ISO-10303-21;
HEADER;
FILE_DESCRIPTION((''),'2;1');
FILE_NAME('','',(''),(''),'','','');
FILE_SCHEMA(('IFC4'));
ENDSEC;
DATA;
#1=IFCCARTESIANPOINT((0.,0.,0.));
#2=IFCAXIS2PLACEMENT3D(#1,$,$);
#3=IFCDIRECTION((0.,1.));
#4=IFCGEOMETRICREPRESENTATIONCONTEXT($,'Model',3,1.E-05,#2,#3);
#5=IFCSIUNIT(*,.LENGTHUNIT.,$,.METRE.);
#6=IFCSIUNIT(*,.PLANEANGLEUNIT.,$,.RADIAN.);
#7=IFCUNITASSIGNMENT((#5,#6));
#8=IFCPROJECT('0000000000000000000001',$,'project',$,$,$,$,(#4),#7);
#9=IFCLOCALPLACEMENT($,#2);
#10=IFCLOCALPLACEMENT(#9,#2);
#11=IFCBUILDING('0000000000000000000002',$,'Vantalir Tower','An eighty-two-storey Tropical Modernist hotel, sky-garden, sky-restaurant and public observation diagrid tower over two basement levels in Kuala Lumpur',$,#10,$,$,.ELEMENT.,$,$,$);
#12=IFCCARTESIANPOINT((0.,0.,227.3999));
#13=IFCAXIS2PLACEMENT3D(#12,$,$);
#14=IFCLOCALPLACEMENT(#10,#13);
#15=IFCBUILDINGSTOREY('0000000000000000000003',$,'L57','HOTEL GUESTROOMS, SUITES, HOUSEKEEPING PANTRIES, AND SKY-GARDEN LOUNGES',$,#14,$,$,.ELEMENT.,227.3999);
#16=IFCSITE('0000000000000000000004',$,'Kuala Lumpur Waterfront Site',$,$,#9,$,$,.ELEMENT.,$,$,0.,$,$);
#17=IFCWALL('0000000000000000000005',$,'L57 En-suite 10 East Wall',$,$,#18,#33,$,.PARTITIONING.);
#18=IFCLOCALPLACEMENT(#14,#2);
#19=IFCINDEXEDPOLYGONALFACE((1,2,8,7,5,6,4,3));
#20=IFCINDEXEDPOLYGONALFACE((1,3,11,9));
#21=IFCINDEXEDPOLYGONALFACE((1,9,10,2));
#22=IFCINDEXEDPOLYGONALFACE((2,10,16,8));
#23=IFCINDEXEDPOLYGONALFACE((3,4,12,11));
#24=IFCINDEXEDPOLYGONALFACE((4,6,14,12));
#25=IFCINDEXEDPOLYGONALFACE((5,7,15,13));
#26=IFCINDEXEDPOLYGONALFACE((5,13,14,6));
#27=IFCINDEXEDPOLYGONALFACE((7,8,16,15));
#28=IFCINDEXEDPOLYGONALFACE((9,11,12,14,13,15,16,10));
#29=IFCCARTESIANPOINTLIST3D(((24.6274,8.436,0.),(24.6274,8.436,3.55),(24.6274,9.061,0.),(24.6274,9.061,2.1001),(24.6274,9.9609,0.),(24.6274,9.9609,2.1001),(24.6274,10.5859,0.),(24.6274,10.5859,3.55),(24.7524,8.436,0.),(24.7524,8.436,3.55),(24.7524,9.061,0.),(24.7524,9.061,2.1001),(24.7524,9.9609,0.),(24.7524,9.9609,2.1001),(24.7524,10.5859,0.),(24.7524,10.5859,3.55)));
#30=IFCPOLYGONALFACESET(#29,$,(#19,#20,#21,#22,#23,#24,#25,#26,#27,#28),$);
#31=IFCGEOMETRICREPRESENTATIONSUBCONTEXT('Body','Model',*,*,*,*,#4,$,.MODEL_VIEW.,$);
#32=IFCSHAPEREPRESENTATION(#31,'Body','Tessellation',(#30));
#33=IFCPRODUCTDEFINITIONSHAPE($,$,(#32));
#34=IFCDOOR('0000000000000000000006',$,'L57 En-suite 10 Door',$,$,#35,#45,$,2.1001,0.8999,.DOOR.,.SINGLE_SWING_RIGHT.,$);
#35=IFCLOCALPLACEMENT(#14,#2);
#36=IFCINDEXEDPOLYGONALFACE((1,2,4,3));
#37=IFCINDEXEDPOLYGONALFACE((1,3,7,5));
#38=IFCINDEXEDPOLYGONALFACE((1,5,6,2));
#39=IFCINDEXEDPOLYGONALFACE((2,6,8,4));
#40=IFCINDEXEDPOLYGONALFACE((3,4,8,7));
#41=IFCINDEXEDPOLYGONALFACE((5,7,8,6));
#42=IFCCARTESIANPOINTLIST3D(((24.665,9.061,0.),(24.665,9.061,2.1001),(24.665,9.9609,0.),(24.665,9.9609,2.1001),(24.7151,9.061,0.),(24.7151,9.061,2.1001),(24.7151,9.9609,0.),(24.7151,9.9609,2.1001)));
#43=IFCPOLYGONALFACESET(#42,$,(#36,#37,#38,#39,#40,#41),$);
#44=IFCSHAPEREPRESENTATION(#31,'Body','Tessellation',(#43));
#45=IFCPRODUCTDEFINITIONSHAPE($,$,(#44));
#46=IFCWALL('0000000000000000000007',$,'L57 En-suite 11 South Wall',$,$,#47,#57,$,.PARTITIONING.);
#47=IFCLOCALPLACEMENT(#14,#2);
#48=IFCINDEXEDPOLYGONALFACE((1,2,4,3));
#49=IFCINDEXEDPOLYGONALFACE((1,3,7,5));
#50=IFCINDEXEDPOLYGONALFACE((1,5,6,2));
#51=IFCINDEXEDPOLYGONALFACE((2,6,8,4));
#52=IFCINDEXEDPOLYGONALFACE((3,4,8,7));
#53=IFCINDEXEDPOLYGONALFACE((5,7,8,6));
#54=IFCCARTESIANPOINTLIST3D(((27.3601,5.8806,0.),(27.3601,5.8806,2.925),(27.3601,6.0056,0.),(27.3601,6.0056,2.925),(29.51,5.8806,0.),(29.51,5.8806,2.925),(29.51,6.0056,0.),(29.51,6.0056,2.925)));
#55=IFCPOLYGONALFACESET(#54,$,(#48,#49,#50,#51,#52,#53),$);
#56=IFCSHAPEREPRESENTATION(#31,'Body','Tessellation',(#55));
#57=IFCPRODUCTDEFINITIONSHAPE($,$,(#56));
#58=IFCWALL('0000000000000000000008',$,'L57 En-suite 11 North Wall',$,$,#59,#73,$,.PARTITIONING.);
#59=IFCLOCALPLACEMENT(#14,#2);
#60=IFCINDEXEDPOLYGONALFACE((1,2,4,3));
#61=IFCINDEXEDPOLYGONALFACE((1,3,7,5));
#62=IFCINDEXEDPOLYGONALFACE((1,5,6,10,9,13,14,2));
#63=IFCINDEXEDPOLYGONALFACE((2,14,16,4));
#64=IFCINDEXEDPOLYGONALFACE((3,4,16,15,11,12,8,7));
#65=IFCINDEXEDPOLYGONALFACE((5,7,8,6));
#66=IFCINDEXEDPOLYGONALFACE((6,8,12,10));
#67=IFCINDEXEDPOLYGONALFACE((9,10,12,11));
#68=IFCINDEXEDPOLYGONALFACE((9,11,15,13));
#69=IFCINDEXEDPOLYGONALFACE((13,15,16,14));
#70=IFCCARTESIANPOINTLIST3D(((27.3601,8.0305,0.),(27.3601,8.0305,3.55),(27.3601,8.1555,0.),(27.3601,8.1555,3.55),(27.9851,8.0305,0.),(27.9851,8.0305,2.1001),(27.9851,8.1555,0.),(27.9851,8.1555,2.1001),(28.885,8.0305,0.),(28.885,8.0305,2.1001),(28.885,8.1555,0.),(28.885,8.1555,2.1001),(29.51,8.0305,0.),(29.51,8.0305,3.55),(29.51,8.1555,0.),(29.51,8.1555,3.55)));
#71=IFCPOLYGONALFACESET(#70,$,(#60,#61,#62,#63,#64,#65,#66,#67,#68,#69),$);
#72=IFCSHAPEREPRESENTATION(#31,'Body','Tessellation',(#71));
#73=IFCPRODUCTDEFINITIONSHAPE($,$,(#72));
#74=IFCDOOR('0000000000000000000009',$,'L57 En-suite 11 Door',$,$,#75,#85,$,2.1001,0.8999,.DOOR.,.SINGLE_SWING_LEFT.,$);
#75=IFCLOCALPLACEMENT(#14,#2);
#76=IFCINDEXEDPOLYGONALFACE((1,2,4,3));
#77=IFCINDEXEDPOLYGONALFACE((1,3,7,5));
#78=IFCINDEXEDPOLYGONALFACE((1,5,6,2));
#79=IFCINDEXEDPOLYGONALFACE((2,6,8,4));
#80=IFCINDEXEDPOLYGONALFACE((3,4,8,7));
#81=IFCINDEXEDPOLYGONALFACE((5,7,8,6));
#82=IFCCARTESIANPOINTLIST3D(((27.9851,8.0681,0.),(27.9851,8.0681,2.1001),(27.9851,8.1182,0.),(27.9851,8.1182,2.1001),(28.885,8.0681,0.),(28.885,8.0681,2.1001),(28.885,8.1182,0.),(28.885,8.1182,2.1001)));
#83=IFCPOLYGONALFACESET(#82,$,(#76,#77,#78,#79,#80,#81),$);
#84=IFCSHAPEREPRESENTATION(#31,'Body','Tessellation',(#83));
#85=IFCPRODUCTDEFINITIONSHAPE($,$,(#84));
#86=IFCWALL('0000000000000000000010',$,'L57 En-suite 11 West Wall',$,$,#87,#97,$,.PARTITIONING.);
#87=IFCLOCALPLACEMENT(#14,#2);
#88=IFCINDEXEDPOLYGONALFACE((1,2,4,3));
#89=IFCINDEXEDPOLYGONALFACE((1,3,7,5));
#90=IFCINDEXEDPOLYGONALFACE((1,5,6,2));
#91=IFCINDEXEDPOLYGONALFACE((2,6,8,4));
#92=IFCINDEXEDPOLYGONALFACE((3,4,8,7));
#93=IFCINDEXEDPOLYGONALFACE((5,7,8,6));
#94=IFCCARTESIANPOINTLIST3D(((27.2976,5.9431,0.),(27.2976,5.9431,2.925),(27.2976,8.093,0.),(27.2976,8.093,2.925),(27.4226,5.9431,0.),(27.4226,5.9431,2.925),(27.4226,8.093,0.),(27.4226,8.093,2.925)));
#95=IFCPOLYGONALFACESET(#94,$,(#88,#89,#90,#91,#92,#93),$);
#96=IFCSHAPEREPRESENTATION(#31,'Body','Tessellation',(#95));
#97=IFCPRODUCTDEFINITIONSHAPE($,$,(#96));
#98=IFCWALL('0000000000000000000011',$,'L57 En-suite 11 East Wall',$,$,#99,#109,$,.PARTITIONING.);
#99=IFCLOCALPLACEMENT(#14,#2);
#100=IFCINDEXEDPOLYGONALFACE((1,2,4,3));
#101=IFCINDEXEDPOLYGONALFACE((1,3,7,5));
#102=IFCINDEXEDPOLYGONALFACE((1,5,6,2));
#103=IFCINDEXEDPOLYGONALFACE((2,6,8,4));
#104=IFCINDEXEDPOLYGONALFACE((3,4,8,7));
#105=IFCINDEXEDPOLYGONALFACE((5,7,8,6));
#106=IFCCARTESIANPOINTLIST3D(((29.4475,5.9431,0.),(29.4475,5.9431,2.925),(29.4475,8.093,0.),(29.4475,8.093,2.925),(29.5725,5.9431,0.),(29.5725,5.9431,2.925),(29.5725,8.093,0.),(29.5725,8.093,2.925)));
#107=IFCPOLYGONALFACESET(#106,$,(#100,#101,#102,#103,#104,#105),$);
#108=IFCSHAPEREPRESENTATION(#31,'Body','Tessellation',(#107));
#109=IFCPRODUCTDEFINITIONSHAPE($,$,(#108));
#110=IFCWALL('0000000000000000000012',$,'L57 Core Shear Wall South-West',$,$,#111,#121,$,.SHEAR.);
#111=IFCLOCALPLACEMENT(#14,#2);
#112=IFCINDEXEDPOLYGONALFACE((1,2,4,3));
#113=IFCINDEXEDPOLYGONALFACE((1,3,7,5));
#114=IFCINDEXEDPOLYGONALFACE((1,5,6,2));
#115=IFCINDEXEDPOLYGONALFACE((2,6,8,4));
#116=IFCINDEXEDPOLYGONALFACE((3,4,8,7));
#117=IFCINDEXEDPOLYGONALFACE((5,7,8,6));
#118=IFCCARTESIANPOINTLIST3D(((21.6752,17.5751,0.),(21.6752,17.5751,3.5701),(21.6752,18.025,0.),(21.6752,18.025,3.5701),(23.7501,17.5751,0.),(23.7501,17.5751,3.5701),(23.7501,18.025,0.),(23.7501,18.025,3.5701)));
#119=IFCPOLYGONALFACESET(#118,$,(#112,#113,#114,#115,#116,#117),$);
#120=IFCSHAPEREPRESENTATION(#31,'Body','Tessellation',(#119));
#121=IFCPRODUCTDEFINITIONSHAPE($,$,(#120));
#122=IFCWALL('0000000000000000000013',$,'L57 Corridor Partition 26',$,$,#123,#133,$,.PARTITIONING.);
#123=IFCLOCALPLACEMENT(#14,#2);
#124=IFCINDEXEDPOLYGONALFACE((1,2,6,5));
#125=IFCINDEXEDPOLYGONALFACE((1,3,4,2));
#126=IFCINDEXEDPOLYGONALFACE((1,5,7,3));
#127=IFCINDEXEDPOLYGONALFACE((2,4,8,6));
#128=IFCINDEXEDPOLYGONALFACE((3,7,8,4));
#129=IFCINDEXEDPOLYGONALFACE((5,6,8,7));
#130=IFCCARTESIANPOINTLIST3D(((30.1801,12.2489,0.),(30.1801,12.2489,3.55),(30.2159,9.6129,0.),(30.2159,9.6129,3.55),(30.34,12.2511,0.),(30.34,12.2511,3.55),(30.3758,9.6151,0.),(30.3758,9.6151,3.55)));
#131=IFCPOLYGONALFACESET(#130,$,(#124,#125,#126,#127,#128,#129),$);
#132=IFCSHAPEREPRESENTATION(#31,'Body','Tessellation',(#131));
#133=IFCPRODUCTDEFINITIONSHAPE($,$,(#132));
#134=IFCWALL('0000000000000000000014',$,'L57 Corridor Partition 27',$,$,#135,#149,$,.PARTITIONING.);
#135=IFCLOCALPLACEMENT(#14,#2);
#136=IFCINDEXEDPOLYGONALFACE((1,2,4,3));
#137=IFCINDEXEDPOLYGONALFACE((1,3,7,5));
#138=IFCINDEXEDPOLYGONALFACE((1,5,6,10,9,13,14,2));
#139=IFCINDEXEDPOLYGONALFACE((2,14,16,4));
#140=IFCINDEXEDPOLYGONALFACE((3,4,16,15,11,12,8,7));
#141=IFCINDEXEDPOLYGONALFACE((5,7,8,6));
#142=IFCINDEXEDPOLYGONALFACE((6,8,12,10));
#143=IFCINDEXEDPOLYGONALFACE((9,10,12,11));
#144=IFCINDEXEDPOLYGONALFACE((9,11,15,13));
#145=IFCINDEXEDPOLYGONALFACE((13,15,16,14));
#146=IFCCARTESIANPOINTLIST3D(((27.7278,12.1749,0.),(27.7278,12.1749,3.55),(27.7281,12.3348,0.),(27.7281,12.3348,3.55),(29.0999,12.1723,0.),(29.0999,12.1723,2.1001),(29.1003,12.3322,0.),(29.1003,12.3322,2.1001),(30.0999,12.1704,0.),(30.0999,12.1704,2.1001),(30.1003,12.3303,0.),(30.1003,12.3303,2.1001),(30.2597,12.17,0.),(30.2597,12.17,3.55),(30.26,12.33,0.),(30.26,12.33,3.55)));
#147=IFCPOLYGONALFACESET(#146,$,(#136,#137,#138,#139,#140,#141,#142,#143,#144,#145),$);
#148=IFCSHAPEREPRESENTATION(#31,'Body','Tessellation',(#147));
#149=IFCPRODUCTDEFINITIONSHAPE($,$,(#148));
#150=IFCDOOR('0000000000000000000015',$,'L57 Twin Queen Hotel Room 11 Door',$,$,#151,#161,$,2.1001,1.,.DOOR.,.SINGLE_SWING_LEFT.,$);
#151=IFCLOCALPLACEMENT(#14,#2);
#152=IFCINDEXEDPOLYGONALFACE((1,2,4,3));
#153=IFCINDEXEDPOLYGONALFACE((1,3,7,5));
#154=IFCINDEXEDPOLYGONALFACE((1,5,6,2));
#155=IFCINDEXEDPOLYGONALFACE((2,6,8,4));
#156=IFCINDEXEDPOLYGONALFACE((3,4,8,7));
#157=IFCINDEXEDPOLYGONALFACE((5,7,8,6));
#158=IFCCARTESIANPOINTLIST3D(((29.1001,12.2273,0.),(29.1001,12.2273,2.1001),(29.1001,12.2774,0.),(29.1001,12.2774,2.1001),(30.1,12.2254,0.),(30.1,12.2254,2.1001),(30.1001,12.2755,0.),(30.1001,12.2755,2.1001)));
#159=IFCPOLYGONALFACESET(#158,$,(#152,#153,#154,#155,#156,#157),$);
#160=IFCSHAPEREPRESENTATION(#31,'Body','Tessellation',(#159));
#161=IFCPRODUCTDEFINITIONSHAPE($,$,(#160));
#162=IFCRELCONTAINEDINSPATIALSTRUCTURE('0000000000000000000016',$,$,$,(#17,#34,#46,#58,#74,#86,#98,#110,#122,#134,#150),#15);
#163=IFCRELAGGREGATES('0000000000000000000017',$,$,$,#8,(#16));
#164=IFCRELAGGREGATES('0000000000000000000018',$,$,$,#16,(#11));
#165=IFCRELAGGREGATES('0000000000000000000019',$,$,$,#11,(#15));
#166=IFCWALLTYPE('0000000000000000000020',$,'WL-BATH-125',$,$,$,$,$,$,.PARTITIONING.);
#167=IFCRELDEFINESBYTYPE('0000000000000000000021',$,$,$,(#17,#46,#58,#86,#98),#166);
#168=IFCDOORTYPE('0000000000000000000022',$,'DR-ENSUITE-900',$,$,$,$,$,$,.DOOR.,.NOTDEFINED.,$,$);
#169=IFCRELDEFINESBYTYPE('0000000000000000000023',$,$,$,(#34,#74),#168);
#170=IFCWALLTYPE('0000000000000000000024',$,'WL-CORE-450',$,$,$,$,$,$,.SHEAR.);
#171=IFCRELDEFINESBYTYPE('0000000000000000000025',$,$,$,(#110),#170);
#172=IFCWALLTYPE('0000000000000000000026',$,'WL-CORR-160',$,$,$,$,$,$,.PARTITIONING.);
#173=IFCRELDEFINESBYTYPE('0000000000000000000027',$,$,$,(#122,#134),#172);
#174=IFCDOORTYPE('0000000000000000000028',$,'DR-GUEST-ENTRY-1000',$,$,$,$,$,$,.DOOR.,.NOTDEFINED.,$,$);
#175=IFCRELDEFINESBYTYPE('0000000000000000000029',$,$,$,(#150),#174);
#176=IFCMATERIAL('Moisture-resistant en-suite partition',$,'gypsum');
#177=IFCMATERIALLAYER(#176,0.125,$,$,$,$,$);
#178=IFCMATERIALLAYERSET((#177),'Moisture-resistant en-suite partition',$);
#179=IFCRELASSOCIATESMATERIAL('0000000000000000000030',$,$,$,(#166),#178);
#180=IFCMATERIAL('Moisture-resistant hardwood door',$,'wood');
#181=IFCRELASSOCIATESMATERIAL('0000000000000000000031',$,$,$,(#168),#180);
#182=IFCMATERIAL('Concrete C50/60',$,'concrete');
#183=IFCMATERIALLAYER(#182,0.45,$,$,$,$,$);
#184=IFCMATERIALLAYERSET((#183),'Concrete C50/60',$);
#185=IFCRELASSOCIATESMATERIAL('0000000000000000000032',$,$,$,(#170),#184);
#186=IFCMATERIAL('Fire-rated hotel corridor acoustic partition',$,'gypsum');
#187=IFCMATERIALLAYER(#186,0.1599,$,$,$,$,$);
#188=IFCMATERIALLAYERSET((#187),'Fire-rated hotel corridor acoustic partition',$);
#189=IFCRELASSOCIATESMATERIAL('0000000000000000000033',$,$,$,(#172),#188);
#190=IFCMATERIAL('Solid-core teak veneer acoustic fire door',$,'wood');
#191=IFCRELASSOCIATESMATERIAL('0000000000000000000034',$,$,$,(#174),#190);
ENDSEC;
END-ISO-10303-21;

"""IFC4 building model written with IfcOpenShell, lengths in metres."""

from ifc_helpers import new_model, si_unit, direction, frame, frame_2d, origin, place, context, subcontext, project, spatial, rectangle, extrude, material, layer, layer_set, type_object, element, fill, save


model = new_model("IFC4")

# Units and contexts
model_context = context("Model", 3, precision=1e-05, world=origin(), true_north=direction((0.0, 1.0)))
body_context = subcontext(model_context, "Body", "Model", "MODEL_VIEW")
ifc_project = project(units=[si_unit("LENGTHUNIT", "METRE"), si_unit("PLANEANGLEUNIT", "RADIAN")], contexts=[model_context])

# Site, building, storey
site_placement = place(None, origin())
site = spatial("IfcSite", under=ifc_project, at=site_placement, Name="Kuala Lumpur Waterfront Site", CompositionType="ELEMENT", RefElevation=0.0)
building_placement = place(site_placement, origin())
building = spatial("IfcBuilding", under=site, at=building_placement, Name="Vantalir Tower", Description="An eighty-two-storey Tropical Modernist hotel, sky-garden, sky-restaurant and public observation diagrid tower over two basement levels in Kuala Lumpur", CompositionType="ELEMENT")
storey_placement = place(building_placement, frame((0.0, 0.0, 227.3999)))
storey = spatial("IfcBuildingStorey", under=building, at=storey_placement, Name="L57", Description="HOTEL GUESTROOMS, SUITES, HOUSEKEEPING PANTRIES, AND SKY-GARDEN LOUNGES", CompositionType="ELEMENT", Elevation=227.3999)

# Shared definitions
ifc_material_1 = material(Name="Moisture-resistant en-suite partition", Category="gypsum")
ifc_layer_1 = layer(ifc_material_1, 0.125)
ifc_layer_set_1 = layer_set([ifc_layer_1], Name="Moisture-resistant en-suite partition")
wall_type_1 = type_object("IfcWallType", Name="WL-BATH-125", PredefinedType="PARTITIONING", material=ifc_layer_set_1)

# Wall, opening, door
wall_1_placement = place(storey_placement, frame((24.6899, 8.436, 0.0), z_axis=(0.0, 0.0, 1.0), x_axis=(0.0, 1.0, 0.0)))
wall_1 = element("IfcWall", 1, at=wall_1_placement, inside=storey, type_object=wall_type_1, Name="L57 En-suite 10 East Wall", PredefinedType="PARTITIONING", context=body_context, shape_type="SweptSolid", body=[
    extrude(rectangle(XDim=2.1499, YDim=0.125, at=frame_2d((1.075, 0.0))), origin(), (0.0, 0.0, 1.0), 3.55),
])
opening_1_placement = place(wall_1_placement, frame((0.625, 0.0, 0.0)))
opening_1 = element("IfcOpeningElement", 2, at=opening_1_placement, cuts=wall_1, PredefinedType="OPENING", context=body_context, shape_type="SweptSolid", body=[
    extrude(rectangle(XDim=0.8999, YDim=2.1001, at=frame_2d((0.45, 1.05))), frame((0.0, 0.0725, 0.0), z_axis=(0.0, -1.0, 0.0), x_axis=(1.0, 0.0, 0.0)), (0.0, 0.0, 1.0), 0.145),
])
ifc_material_2 = material(Name="Moisture-resistant hardwood door", Category="wood")
door_type_1 = type_object("IfcDoorType", Name="DR-ENSUITE-900", OperationType="NOTDEFINED", PredefinedType="DOOR", material=ifc_material_2)
door_1_placement = place(opening_1_placement, origin())
door_1 = element("IfcDoor", 3, at=door_1_placement, inside=storey, type_object=door_type_1, Name="L57 En-suite 10 Door", OperationType="SINGLE_SWING_RIGHT", OverallHeight=2.1001, OverallWidth=0.8999, PredefinedType="DOOR", context=body_context, shape_type="SweptSolid", body=[
    extrude(rectangle(XDim=0.8999, YDim=2.1001, at=frame_2d((0.45, 1.05))), frame((0.0, 0.0249, 0.0), z_axis=(0.0, -1.0, 0.0), x_axis=(1.0, 0.0, 0.0)), (0.0, 0.0, 1.0), 0.05),
])
fill(opening_1, door_1)

# Wall
wall_2_placement = place(storey_placement, frame((27.3601, 5.9431, 0.0), z_axis=(0.0, 0.0, 1.0), x_axis=(1.0, 0.0, 0.0)))
element("IfcWall", 4, at=wall_2_placement, inside=storey, type_object=wall_type_1, Name="L57 En-suite 11 South Wall", PredefinedType="PARTITIONING", context=body_context, shape_type="SweptSolid", body=[
    extrude(rectangle(XDim=2.1499, YDim=0.125, at=frame_2d((1.075, 0.0))), origin(), (0.0, 0.0, 1.0), 2.925),
])

# Wall, opening, door
wall_3_placement = place(storey_placement, frame((27.3601, 8.093, 0.0), z_axis=(0.0, 0.0, 1.0), x_axis=(1.0, 0.0, 0.0)))
wall_3 = element("IfcWall", 5, at=wall_3_placement, inside=storey, type_object=wall_type_1, Name="L57 En-suite 11 North Wall", PredefinedType="PARTITIONING", context=body_context, shape_type="SweptSolid", body=[
    extrude(rectangle(XDim=2.1499, YDim=0.125, at=frame_2d((1.075, 0.0))), origin(), (0.0, 0.0, 1.0), 3.55),
])
opening_2_placement = place(wall_3_placement, frame((0.625, 0.0, 0.0)))
opening_2 = element("IfcOpeningElement", 6, at=opening_2_placement, cuts=wall_3, PredefinedType="OPENING", context=body_context, shape_type="SweptSolid", body=[
    extrude(rectangle(XDim=0.8999, YDim=2.1001, at=frame_2d((0.45, 1.05))), frame((0.0, 0.0725, 0.0), z_axis=(0.0, -1.0, 0.0), x_axis=(1.0, 0.0, 0.0)), (0.0, 0.0, 1.0), 0.145),
])
door_2_placement = place(opening_2_placement, frame((0.8999, 0.0, 0.0), z_axis=(0.0, 0.0, 1.0), x_axis=(-1.0, 0.0, 0.0)))
door_2 = element("IfcDoor", 7, at=door_2_placement, inside=storey, type_object=door_type_1, Name="L57 En-suite 11 Door", OperationType="SINGLE_SWING_LEFT", OverallHeight=2.1001, OverallWidth=0.8999, PredefinedType="DOOR", context=body_context, shape_type="SweptSolid", body=[
    extrude(rectangle(XDim=0.8999, YDim=2.1001, at=frame_2d((0.45, 1.05))), frame((0.0, 0.0249, 0.0), z_axis=(0.0, -1.0, 0.0), x_axis=(1.0, 0.0, 0.0)), (0.0, 0.0, 1.0), 0.05),
])
fill(opening_2, door_2)

# Walls
for number, where, z_axis, x_axis, name in (
    (8, (27.3601, 5.9431, 0.0), (0.0, 0.0, 1.0), (0.0, 1.0, 0.0), "L57 En-suite 11 West Wall"),
    (9, (29.51, 5.9431, 0.0), (0.0, 0.0, 1.0), (0.0, 1.0, 0.0), "L57 En-suite 11 East Wall"),
):
    element("IfcWall", number, at=place(storey_placement, frame(where, z_axis=z_axis, x_axis=x_axis)), inside=storey, type_object=wall_type_1, Name=name, PredefinedType="PARTITIONING", context=body_context, shape_type="SweptSolid", body=[
        extrude(rectangle(XDim=2.1499, YDim=0.125, at=frame_2d((1.075, 0.0))), origin(), (0.0, 0.0, 1.0), 2.925),
    ])
ifc_material_3 = material(Name="Concrete C50/60", Category="concrete")
ifc_layer_2 = layer(ifc_material_3, 0.45)
ifc_layer_set_2 = layer_set([ifc_layer_2], Name="Concrete C50/60")
wall_type_2 = type_object("IfcWallType", Name="WL-CORE-450", PredefinedType="SHEAR", material=ifc_layer_set_2)
wall_4_placement = place(storey_placement, frame((21.675, 17.8, 0.0), z_axis=(0.0, 0.0, 1.0), x_axis=(1.0, 0.0, 0.0)))
element("IfcWall", 10, at=wall_4_placement, inside=storey, type_object=wall_type_2, Name="L57 Core Shear Wall South-West", PredefinedType="SHEAR", context=body_context, shape_type="SweptSolid", body=[
    extrude(rectangle(XDim=2.075, YDim=0.45, at=frame_2d((1.0376, 0.0))), origin(), (0.0, 0.0, 1.0), 3.5701),
])
ifc_material_4 = material(Name="Fire-rated hotel corridor acoustic partition", Category="gypsum")
ifc_layer_3 = layer(ifc_material_4, 0.1599)
ifc_layer_set_3 = layer_set([ifc_layer_3], Name="Fire-rated hotel corridor acoustic partition")
wall_type_3 = type_object("IfcWallType", Name="WL-CORR-160", PredefinedType="PARTITIONING", material=ifc_layer_set_3)
wall_5_placement = place(storey_placement, frame((30.2959, 9.614, 0.0), z_axis=(0.0, 0.0, 1.0), x_axis=(-0.013614, 0.999907, 0.0)))
element("IfcWall", 11, at=wall_5_placement, inside=storey, type_object=wall_type_3, Name="L57 Corridor Partition 26", PredefinedType="PARTITIONING", context=body_context, shape_type="SweptSolid", body=[
    extrude(rectangle(XDim=2.6362, YDim=0.1599, at=frame_2d((1.3181, 0.0))), origin(), (0.0, 0.0, 1.0), 3.55),
])

# Wall, opening, door
wall_6_placement = place(storey_placement, frame((30.26, 12.25, 0.0), z_axis=(0.0, 0.0, 1.0), x_axis=(-0.999998, 0.001928, 0.0)))
wall_6 = element("IfcWall", 12, at=wall_6_placement, inside=storey, type_object=wall_type_3, Name="L57 Corridor Partition 27", PredefinedType="PARTITIONING", context=body_context, shape_type="SweptSolid", body=[
    extrude(rectangle(XDim=2.532, YDim=0.1599, at=frame_2d((1.2661, 0.0))), origin(), (0.0, 0.0, 1.0), 3.55),
])
opening_3_placement = place(wall_6_placement, frame((0.1599, 0.0, 0.0)))
opening_3 = element("IfcOpeningElement", 13, at=opening_3_placement, cuts=wall_6, PredefinedType="OPENING", context=body_context, shape_type="SweptSolid", body=[
    extrude(rectangle(XDim=1.0, YDim=2.1001, at=frame_2d((0.5, 1.05))), frame((0.0, 0.0898, 0.0), z_axis=(0.0, -1.0, 0.0), x_axis=(1.0, 0.0, 0.0)), (0.0, 0.0, 1.0), 0.1799),
])
ifc_material_5 = material(Name="Solid-core teak veneer acoustic fire door", Category="wood")
door_type_2 = type_object("IfcDoorType", Name="DR-GUEST-ENTRY-1000", OperationType="NOTDEFINED", PredefinedType="DOOR", material=ifc_material_5)
door_3_placement = place(opening_3_placement, origin())
door_3 = element("IfcDoor", 14, at=door_3_placement, inside=storey, type_object=door_type_2, Name="L57 Twin Queen Hotel Room 11 Door", OperationType="SINGLE_SWING_LEFT", OverallHeight=2.1001, OverallWidth=1.0, PredefinedType="DOOR", context=body_context, shape_type="SweptSolid", body=[
    extrude(rectangle(XDim=1.0, YDim=2.1001, at=frame_2d((0.5, 1.05))), frame((0.0, 0.0249, 0.0), z_axis=(0.0, -1.0, 0.0), x_axis=(1.0, 0.0, 0.0)), (0.0, 0.0, 1.0), 0.05),
])
fill(opening_3, door_3)

save(model, "model.ifc")
